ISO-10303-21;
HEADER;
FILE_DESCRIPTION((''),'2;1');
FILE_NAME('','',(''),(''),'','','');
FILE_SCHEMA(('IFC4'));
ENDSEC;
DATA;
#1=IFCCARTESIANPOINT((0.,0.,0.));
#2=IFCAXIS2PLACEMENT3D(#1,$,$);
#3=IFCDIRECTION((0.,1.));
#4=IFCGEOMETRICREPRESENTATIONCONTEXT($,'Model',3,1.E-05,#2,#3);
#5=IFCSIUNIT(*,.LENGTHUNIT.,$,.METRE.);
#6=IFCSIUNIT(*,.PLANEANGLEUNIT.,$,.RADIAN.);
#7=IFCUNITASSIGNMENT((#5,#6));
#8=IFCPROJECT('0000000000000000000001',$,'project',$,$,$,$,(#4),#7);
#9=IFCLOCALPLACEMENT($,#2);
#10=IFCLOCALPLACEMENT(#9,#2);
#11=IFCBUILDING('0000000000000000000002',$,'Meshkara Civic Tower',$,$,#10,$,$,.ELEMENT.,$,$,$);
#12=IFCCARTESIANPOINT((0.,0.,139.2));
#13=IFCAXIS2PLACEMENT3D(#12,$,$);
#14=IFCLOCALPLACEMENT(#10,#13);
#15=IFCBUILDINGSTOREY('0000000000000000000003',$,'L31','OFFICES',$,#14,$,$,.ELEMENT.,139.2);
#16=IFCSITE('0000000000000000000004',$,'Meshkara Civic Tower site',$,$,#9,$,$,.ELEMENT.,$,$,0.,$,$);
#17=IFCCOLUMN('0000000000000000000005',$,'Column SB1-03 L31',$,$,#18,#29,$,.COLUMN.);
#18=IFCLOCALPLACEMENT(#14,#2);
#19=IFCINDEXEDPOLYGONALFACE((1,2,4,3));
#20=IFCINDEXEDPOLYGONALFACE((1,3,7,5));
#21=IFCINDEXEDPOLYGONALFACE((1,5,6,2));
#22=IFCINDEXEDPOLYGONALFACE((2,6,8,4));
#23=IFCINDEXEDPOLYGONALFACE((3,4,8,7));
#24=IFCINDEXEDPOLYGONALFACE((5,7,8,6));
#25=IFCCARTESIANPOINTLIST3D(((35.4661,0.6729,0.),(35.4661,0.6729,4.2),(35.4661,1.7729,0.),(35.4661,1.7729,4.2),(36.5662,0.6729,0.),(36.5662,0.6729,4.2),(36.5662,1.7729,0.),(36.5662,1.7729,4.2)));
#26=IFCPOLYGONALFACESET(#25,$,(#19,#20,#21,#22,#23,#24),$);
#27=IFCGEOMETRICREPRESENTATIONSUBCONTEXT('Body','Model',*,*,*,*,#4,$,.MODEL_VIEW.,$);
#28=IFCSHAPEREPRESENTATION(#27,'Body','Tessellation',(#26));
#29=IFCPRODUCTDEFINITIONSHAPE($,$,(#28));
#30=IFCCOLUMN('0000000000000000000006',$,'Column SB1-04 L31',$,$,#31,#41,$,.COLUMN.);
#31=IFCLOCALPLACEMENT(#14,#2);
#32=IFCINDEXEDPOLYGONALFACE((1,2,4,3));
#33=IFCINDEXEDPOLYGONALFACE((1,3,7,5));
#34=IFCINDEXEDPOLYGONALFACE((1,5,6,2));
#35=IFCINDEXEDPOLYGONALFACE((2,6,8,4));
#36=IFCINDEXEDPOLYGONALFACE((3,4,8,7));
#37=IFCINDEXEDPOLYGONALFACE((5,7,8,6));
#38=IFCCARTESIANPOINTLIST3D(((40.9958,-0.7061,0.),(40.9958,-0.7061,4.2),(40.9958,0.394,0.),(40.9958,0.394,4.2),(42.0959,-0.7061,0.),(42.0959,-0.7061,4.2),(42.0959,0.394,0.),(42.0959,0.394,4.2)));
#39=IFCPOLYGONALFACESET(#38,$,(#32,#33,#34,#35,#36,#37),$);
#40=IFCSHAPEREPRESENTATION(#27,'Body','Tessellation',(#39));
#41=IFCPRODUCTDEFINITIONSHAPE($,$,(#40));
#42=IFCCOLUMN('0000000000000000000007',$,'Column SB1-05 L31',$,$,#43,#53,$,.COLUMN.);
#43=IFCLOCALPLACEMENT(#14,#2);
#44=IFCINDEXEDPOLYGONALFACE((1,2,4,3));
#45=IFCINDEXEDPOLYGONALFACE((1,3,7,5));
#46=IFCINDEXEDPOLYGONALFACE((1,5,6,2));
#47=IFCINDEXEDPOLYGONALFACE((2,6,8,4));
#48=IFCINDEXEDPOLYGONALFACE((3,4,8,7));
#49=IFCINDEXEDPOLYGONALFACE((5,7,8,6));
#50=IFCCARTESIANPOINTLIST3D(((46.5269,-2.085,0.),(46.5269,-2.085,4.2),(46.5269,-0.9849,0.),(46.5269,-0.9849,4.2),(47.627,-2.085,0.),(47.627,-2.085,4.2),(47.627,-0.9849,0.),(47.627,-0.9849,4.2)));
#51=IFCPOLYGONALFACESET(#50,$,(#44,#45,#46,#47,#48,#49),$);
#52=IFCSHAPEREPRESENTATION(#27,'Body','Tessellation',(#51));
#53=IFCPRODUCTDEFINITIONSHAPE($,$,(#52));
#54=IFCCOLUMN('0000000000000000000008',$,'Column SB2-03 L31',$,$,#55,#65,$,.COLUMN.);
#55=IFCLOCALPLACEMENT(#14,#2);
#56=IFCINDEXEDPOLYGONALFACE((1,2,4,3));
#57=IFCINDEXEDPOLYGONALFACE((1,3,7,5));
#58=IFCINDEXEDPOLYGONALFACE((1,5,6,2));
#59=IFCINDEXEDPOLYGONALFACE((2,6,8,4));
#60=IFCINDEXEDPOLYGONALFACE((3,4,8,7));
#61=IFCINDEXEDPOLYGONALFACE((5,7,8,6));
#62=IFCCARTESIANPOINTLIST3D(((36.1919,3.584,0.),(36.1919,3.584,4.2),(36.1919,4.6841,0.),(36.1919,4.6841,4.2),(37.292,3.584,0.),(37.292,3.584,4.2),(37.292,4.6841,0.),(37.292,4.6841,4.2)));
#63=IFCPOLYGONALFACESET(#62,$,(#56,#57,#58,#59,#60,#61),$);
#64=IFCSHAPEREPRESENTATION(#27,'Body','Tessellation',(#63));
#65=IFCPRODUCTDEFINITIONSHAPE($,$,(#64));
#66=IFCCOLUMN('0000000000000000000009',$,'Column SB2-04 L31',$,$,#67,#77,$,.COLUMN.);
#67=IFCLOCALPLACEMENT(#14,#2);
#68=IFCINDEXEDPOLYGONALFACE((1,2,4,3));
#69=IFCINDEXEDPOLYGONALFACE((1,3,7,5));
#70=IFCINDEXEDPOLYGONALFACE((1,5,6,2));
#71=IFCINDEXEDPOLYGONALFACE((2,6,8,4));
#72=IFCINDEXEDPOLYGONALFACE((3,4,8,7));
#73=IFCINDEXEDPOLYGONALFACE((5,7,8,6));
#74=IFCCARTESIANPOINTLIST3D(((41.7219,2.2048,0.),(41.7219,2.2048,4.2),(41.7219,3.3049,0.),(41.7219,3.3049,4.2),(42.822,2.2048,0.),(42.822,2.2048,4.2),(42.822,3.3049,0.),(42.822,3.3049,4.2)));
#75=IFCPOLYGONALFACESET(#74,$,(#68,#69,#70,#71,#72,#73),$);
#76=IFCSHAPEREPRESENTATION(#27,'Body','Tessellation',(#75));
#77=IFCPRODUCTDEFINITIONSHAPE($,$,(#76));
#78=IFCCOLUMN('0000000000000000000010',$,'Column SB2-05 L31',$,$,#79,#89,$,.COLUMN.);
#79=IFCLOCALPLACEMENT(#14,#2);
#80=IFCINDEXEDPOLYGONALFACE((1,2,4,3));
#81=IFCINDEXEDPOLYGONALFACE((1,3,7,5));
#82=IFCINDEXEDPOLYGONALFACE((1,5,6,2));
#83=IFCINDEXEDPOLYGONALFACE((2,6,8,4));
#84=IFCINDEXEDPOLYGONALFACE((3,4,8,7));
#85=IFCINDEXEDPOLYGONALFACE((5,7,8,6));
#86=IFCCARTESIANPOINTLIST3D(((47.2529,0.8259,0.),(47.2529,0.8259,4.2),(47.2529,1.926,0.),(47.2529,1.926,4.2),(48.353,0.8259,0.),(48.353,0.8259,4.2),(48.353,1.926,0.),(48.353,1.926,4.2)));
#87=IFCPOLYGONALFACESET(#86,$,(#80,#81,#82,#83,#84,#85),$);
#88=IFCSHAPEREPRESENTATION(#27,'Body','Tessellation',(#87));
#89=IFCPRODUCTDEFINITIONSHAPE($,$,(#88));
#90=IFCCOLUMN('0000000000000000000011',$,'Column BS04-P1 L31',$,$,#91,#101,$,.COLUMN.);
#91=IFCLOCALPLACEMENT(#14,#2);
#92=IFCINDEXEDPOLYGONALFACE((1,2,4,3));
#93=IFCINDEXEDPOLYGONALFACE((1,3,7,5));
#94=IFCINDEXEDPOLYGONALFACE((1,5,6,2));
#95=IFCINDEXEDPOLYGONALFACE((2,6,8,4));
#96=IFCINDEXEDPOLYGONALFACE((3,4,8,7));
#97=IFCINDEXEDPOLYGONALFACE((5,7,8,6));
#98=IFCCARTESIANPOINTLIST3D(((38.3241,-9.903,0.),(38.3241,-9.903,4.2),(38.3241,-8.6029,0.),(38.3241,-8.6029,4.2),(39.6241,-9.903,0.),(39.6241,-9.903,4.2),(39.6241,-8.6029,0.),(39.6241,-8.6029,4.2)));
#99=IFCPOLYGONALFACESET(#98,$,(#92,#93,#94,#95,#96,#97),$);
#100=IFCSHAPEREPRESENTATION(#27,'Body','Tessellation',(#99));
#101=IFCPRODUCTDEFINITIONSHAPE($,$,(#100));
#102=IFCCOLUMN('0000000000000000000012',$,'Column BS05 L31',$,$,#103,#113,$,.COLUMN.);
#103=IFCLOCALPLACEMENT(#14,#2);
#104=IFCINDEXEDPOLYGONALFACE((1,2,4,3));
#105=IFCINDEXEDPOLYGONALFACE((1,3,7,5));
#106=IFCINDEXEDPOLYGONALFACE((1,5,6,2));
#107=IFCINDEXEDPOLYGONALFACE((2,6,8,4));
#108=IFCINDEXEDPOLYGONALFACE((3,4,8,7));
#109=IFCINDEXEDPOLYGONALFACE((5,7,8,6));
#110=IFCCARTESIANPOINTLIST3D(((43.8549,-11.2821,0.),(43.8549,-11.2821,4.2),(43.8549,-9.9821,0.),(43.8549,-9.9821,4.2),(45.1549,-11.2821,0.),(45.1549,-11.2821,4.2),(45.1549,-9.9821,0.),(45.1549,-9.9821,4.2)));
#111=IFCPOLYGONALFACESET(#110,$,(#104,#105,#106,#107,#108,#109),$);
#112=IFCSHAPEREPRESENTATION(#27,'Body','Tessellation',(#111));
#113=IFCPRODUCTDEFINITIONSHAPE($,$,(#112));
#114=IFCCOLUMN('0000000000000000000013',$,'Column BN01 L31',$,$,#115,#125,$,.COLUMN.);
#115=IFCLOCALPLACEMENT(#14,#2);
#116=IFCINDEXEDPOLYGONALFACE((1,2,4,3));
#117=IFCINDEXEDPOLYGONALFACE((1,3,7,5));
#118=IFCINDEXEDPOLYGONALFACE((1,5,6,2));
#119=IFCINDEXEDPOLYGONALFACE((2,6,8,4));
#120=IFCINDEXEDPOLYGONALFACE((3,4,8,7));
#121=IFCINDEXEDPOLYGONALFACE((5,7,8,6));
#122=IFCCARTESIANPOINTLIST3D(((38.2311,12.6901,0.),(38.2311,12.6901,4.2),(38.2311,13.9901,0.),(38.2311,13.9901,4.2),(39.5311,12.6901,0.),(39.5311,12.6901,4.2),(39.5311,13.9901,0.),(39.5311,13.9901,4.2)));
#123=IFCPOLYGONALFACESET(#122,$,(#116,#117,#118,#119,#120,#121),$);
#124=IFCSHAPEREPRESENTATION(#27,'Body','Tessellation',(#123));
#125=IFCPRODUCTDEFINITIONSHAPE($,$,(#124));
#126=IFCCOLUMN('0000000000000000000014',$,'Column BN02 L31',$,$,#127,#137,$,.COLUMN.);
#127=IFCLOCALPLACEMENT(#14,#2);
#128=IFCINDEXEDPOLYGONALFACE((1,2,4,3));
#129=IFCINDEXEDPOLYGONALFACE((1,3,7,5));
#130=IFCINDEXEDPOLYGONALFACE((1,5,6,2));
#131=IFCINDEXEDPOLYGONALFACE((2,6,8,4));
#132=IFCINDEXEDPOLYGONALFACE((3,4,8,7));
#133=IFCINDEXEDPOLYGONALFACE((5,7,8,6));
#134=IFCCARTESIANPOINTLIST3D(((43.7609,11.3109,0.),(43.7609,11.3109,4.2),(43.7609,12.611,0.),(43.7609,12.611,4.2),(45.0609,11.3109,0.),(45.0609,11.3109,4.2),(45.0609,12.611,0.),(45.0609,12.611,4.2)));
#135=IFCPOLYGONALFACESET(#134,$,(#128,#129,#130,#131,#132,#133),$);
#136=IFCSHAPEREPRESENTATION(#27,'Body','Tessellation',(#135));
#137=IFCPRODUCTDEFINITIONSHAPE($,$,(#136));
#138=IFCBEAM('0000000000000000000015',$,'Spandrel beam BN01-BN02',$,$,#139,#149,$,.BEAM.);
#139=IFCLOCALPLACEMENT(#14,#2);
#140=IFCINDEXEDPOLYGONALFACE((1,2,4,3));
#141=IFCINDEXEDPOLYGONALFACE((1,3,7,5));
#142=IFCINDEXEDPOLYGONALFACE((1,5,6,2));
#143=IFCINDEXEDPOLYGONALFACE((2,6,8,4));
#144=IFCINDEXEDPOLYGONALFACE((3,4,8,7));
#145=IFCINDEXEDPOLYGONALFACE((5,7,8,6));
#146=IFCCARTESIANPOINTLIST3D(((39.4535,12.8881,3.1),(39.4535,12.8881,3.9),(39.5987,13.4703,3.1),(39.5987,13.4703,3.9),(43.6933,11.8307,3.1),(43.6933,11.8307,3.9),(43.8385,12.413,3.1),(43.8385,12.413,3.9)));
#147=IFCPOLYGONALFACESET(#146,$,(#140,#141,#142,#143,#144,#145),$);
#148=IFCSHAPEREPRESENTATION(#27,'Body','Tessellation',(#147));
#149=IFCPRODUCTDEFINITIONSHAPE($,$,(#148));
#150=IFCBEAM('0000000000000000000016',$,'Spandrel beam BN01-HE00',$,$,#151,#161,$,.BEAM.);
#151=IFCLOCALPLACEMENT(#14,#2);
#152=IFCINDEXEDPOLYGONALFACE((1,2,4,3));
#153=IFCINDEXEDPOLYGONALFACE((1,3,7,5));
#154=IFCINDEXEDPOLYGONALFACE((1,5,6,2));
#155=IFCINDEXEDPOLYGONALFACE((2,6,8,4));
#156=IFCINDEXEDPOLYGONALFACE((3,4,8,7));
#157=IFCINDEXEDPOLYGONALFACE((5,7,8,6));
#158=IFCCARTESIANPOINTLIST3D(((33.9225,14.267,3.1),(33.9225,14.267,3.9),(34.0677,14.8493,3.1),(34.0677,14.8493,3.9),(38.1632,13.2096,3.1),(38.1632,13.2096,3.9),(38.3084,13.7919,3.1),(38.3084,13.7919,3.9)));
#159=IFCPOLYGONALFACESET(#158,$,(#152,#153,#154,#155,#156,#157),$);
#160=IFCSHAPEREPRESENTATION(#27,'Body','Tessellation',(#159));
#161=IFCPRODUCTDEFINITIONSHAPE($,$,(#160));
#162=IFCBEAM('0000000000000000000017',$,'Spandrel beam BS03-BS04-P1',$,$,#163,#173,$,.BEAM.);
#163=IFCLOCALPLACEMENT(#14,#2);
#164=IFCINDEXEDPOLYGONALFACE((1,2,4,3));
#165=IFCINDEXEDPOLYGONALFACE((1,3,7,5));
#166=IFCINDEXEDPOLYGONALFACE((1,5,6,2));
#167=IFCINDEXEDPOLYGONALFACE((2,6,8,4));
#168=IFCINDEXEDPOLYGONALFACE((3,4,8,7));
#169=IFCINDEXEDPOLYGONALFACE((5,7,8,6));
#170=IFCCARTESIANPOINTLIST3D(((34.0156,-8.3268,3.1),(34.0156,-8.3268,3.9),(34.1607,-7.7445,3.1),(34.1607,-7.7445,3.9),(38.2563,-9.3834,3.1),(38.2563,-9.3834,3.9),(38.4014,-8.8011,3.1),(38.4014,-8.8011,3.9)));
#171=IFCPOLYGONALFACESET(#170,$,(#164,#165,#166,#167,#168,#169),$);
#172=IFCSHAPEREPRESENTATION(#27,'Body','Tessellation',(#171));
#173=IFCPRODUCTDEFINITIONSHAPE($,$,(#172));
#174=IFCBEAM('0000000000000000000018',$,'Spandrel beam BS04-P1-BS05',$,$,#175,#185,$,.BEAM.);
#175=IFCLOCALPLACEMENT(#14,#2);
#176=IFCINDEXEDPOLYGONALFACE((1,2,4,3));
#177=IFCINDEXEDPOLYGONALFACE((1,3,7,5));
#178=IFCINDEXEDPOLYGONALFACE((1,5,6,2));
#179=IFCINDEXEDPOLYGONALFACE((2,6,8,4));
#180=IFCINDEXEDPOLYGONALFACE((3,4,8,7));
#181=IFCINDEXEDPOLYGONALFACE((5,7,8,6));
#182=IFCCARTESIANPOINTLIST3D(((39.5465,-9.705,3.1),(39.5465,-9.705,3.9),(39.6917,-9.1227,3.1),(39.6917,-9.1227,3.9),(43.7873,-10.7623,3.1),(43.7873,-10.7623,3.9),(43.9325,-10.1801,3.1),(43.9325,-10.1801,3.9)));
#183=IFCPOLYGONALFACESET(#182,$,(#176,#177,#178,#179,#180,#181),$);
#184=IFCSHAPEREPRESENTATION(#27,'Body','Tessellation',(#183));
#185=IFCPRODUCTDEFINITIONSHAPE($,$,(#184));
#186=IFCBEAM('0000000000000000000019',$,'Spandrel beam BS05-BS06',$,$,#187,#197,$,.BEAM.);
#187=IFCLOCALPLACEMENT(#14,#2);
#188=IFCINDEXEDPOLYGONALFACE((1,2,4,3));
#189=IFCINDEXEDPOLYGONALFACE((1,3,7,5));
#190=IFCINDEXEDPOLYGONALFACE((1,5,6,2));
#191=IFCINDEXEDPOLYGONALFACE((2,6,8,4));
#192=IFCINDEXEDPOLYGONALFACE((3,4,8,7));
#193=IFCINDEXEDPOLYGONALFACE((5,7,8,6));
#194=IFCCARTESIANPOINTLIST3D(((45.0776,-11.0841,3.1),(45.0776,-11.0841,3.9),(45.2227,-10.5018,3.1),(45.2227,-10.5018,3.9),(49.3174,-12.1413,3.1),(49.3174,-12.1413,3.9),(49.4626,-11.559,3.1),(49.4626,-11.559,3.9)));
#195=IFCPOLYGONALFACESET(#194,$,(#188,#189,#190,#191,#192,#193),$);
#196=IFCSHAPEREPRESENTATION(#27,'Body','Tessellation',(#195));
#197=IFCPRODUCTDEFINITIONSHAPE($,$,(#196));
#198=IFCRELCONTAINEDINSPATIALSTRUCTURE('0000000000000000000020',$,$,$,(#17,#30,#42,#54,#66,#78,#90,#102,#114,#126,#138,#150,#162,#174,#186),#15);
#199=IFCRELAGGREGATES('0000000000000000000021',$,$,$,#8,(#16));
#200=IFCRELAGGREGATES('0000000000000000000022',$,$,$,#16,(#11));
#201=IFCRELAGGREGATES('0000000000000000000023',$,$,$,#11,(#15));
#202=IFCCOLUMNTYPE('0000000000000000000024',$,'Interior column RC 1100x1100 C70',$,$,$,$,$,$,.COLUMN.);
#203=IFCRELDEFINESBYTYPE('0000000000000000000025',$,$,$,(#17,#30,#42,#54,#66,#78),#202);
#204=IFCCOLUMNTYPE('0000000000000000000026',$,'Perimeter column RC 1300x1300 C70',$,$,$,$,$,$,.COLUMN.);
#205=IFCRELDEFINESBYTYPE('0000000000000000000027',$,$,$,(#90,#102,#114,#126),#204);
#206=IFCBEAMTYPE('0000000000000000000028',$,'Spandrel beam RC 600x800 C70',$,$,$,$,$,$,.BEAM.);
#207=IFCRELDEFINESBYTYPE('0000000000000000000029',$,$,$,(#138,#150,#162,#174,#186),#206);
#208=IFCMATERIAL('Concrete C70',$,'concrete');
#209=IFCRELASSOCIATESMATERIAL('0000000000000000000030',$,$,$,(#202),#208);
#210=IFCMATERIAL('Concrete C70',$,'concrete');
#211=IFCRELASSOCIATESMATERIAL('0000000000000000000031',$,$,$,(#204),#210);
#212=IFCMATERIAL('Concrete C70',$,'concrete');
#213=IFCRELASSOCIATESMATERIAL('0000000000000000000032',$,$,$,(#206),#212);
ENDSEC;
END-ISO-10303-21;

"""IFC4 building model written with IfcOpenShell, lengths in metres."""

from ifc_helpers import new_model, si_unit, direction, frame, origin, origin_2d, place, context, subcontext, project, spatial, rectangle, extrude, material, material_profile, profile_set, type_object, element, save


model = new_model("IFC4")

# Units and contexts
model_context = context("Model", 3, precision=1e-05, world=origin(), true_north=direction((0.0, 1.0)))
body_context = subcontext(model_context, "Body", "Model", "MODEL_VIEW")
ifc_project = project(units=[si_unit("LENGTHUNIT", "METRE"), si_unit("PLANEANGLEUNIT", "RADIAN")], contexts=[model_context])

# Site, building, storey
site_placement = place(None, origin())
site = spatial("IfcSite", under=ifc_project, at=site_placement, Name="Meshkara Civic Tower site", CompositionType="ELEMENT", RefElevation=0.0)
building_placement = place(site_placement, origin())
building = spatial("IfcBuilding", under=site, at=building_placement, Name="Meshkara Civic Tower", CompositionType="ELEMENT")
storey_placement = place(building_placement, frame((0.0, 0.0, 139.2)))
storey = spatial("IfcBuildingStorey", under=building, at=storey_placement, Name="L31", Description="OFFICES", CompositionType="ELEMENT", Elevation=139.2)

# Columns
ifc_material_1 = material(Name="Concrete C70", Category="concrete")
ifc_material_profile_1 = material_profile(ifc_material_1, rectangle(XDim=1.1001, YDim=1.1001, at=origin_2d()))
ifc_profile_set_1 = profile_set([ifc_material_profile_1], Name="Concrete C70")
column_type_1 = type_object("IfcColumnType", Name="Interior column RC 1100x1100 C70", PredefinedType="COLUMN", material=ifc_profile_set_1)
for number, where, z_axis, x_axis, name in (
    (1, (36.0161, 1.2229, 0.0), (0.0, 0.0, 1.0), (1.0, 0.0, 0.0), "Column SB1-03 L31"),
    (2, (41.5459, -0.156, 0.0), (0.0, 0.0, 1.0), (1.0, 0.0, 0.0), "Column SB1-04 L31"),
    (3, (47.0769, -1.5349, 0.0), (0.0, 0.0, 1.0), (1.0, 0.0, 0.0), "Column SB1-05 L31"),
    (4, (36.7419, 4.134, 0.0), (0.0, 0.0, 1.0), (1.0, 0.0, 0.0), "Column SB2-03 L31"),
    (5, (42.272, 2.7549, 0.0), (0.0, 0.0, 1.0), (1.0, 0.0, 0.0), "Column SB2-04 L31"),
    (6, (47.803, 1.376, 0.0), (0.0, 0.0, 1.0), (1.0, 0.0, 0.0), "Column SB2-05 L31"),
):
    element("IfcColumn", number, at=place(storey_placement, frame(where, z_axis=z_axis, x_axis=x_axis)), inside=storey, type_object=column_type_1, Name=name, PredefinedType="COLUMN", context=body_context, shape_type="SweptSolid", body=[
        extrude(rectangle(XDim=1.1001, YDim=1.1001, at=origin_2d()), origin(), (0.0, 0.0, 1.0), 4.2),
    ])
ifc_material_2 = material(Name="Concrete C70", Category="concrete")
ifc_material_profile_2 = material_profile(ifc_material_2, rectangle(XDim=1.3, YDim=1.3, at=origin_2d()))
ifc_profile_set_2 = profile_set([ifc_material_profile_2], Name="Concrete C70")
column_type_2 = type_object("IfcColumnType", Name="Perimeter column RC 1300x1300 C70", PredefinedType="COLUMN", material=ifc_profile_set_2)
for number, where, z_axis, x_axis, name in (
    (7, (38.9741, -9.2529, 0.0), (0.0, 0.0, 1.0), (1.0, 0.0, 0.0), "Column BS04-P1 L31"),
    (8, (44.5049, -10.6321, 0.0), (0.0, 0.0, 1.0), (1.0, 0.0, 0.0), "Column BS05 L31"),
    (9, (38.8811, 13.3401, 0.0), (0.0, 0.0, 1.0), (1.0, 0.0, 0.0), "Column BN01 L31"),
    (10, (44.4109, 11.9609, 0.0), (0.0, 0.0, 1.0), (1.0, 0.0, 0.0), "Column BN02 L31"),
):
    element("IfcColumn", number, at=place(storey_placement, frame(where, z_axis=z_axis, x_axis=x_axis)), inside=storey, type_object=column_type_2, Name=name, PredefinedType="COLUMN", context=body_context, shape_type="SweptSolid", body=[
        extrude(rectangle(XDim=1.3, YDim=1.3, at=origin_2d()), origin(), (0.0, 0.0, 1.0), 4.2),
    ])

# Beams
ifc_material_3 = material(Name="Concrete C70", Category="concrete")
ifc_material_profile_3 = material_profile(ifc_material_3, rectangle(XDim=0.6001, YDim=0.8, at=origin_2d()))
ifc_profile_set_3 = profile_set([ifc_material_profile_3], Name="Concrete C70")
beam_type = type_object("IfcBeamType", Name="Spandrel beam RC 600x800 C70", PredefinedType="BEAM", material=ifc_profile_set_3)
beam_1_placement = place(storey_placement, frame((43.7659, 12.1218, 3.5), z_axis=(-0.97028, 0.241983, 0.0), x_axis=(-0.241983, -0.97028, 0.0)))
element("IfcBeam", 11, at=beam_1_placement, inside=storey, type_object=beam_type, Name="Spandrel beam BN01-BN02", PredefinedType="BEAM", context=body_context, shape_type="SweptSolid", body=[
    extrude(rectangle(XDim=0.6001, YDim=0.8, at=origin_2d()), origin(), (0.0, 0.0, 1.0), 4.3696),
])
beam_2_placement = place(storey_placement, frame((38.2358, 13.5007, 3.5), z_axis=(-0.970293, 0.241931, 0.0), x_axis=(-0.241931, -0.970293, 0.0)))
element("IfcBeam", 12, at=beam_2_placement, inside=storey, type_object=beam_type, Name="Spandrel beam BN01-HE00", PredefinedType="BEAM", context=body_context, shape_type="SweptSolid", body=[
    extrude(rectangle(XDim=0.6001, YDim=0.8, at=origin_2d()), origin(), (0.0, 0.0, 1.0), 4.3706),
])
beam_3_placement = place(storey_placement, frame((34.0881, -8.0356, 3.5), z_axis=(0.970333, -0.241773, 0.0), x_axis=(0.241773, 0.970333, 0.0)))
element("IfcBeam", 13, at=beam_3_placement, inside=storey, type_object=beam_type, Name="Spandrel beam BS03-BS04-P1", PredefinedType="BEAM", context=body_context, shape_type="SweptSolid", body=[
    extrude(rectangle(XDim=0.6001, YDim=0.8, at=origin_2d()), origin(), (0.0, 0.0, 1.0), 4.3704),
])
beam_4_placement = place(storey_placement, frame((39.6191, -9.4138, 3.5), z_axis=(0.970293, -0.241931, 0.0), x_axis=(0.241931, 0.970293, 0.0)))
element("IfcBeam", 14, at=beam_4_placement, inside=storey, type_object=beam_type, Name="Spandrel beam BS04-P1-BS05", PredefinedType="BEAM", context=body_context, shape_type="SweptSolid", body=[
    extrude(rectangle(XDim=0.6001, YDim=0.8, at=origin_2d()), origin(), (0.0, 0.0, 1.0), 4.3706),
])
beam_5_placement = place(storey_placement, frame((45.1501, -10.793, 3.5), z_axis=(0.970293, -0.241931, 0.0), x_axis=(0.241931, 0.970293, 0.0)))
element("IfcBeam", 15, at=beam_5_placement, inside=storey, type_object=beam_type, Name="Spandrel beam BS05-BS06", PredefinedType="BEAM", context=body_context, shape_type="SweptSolid", body=[
    extrude(rectangle(XDim=0.6001, YDim=0.8, at=origin_2d()), origin(), (0.0, 0.0, 1.0), 4.3696),
])

save(model, "model.ifc")
